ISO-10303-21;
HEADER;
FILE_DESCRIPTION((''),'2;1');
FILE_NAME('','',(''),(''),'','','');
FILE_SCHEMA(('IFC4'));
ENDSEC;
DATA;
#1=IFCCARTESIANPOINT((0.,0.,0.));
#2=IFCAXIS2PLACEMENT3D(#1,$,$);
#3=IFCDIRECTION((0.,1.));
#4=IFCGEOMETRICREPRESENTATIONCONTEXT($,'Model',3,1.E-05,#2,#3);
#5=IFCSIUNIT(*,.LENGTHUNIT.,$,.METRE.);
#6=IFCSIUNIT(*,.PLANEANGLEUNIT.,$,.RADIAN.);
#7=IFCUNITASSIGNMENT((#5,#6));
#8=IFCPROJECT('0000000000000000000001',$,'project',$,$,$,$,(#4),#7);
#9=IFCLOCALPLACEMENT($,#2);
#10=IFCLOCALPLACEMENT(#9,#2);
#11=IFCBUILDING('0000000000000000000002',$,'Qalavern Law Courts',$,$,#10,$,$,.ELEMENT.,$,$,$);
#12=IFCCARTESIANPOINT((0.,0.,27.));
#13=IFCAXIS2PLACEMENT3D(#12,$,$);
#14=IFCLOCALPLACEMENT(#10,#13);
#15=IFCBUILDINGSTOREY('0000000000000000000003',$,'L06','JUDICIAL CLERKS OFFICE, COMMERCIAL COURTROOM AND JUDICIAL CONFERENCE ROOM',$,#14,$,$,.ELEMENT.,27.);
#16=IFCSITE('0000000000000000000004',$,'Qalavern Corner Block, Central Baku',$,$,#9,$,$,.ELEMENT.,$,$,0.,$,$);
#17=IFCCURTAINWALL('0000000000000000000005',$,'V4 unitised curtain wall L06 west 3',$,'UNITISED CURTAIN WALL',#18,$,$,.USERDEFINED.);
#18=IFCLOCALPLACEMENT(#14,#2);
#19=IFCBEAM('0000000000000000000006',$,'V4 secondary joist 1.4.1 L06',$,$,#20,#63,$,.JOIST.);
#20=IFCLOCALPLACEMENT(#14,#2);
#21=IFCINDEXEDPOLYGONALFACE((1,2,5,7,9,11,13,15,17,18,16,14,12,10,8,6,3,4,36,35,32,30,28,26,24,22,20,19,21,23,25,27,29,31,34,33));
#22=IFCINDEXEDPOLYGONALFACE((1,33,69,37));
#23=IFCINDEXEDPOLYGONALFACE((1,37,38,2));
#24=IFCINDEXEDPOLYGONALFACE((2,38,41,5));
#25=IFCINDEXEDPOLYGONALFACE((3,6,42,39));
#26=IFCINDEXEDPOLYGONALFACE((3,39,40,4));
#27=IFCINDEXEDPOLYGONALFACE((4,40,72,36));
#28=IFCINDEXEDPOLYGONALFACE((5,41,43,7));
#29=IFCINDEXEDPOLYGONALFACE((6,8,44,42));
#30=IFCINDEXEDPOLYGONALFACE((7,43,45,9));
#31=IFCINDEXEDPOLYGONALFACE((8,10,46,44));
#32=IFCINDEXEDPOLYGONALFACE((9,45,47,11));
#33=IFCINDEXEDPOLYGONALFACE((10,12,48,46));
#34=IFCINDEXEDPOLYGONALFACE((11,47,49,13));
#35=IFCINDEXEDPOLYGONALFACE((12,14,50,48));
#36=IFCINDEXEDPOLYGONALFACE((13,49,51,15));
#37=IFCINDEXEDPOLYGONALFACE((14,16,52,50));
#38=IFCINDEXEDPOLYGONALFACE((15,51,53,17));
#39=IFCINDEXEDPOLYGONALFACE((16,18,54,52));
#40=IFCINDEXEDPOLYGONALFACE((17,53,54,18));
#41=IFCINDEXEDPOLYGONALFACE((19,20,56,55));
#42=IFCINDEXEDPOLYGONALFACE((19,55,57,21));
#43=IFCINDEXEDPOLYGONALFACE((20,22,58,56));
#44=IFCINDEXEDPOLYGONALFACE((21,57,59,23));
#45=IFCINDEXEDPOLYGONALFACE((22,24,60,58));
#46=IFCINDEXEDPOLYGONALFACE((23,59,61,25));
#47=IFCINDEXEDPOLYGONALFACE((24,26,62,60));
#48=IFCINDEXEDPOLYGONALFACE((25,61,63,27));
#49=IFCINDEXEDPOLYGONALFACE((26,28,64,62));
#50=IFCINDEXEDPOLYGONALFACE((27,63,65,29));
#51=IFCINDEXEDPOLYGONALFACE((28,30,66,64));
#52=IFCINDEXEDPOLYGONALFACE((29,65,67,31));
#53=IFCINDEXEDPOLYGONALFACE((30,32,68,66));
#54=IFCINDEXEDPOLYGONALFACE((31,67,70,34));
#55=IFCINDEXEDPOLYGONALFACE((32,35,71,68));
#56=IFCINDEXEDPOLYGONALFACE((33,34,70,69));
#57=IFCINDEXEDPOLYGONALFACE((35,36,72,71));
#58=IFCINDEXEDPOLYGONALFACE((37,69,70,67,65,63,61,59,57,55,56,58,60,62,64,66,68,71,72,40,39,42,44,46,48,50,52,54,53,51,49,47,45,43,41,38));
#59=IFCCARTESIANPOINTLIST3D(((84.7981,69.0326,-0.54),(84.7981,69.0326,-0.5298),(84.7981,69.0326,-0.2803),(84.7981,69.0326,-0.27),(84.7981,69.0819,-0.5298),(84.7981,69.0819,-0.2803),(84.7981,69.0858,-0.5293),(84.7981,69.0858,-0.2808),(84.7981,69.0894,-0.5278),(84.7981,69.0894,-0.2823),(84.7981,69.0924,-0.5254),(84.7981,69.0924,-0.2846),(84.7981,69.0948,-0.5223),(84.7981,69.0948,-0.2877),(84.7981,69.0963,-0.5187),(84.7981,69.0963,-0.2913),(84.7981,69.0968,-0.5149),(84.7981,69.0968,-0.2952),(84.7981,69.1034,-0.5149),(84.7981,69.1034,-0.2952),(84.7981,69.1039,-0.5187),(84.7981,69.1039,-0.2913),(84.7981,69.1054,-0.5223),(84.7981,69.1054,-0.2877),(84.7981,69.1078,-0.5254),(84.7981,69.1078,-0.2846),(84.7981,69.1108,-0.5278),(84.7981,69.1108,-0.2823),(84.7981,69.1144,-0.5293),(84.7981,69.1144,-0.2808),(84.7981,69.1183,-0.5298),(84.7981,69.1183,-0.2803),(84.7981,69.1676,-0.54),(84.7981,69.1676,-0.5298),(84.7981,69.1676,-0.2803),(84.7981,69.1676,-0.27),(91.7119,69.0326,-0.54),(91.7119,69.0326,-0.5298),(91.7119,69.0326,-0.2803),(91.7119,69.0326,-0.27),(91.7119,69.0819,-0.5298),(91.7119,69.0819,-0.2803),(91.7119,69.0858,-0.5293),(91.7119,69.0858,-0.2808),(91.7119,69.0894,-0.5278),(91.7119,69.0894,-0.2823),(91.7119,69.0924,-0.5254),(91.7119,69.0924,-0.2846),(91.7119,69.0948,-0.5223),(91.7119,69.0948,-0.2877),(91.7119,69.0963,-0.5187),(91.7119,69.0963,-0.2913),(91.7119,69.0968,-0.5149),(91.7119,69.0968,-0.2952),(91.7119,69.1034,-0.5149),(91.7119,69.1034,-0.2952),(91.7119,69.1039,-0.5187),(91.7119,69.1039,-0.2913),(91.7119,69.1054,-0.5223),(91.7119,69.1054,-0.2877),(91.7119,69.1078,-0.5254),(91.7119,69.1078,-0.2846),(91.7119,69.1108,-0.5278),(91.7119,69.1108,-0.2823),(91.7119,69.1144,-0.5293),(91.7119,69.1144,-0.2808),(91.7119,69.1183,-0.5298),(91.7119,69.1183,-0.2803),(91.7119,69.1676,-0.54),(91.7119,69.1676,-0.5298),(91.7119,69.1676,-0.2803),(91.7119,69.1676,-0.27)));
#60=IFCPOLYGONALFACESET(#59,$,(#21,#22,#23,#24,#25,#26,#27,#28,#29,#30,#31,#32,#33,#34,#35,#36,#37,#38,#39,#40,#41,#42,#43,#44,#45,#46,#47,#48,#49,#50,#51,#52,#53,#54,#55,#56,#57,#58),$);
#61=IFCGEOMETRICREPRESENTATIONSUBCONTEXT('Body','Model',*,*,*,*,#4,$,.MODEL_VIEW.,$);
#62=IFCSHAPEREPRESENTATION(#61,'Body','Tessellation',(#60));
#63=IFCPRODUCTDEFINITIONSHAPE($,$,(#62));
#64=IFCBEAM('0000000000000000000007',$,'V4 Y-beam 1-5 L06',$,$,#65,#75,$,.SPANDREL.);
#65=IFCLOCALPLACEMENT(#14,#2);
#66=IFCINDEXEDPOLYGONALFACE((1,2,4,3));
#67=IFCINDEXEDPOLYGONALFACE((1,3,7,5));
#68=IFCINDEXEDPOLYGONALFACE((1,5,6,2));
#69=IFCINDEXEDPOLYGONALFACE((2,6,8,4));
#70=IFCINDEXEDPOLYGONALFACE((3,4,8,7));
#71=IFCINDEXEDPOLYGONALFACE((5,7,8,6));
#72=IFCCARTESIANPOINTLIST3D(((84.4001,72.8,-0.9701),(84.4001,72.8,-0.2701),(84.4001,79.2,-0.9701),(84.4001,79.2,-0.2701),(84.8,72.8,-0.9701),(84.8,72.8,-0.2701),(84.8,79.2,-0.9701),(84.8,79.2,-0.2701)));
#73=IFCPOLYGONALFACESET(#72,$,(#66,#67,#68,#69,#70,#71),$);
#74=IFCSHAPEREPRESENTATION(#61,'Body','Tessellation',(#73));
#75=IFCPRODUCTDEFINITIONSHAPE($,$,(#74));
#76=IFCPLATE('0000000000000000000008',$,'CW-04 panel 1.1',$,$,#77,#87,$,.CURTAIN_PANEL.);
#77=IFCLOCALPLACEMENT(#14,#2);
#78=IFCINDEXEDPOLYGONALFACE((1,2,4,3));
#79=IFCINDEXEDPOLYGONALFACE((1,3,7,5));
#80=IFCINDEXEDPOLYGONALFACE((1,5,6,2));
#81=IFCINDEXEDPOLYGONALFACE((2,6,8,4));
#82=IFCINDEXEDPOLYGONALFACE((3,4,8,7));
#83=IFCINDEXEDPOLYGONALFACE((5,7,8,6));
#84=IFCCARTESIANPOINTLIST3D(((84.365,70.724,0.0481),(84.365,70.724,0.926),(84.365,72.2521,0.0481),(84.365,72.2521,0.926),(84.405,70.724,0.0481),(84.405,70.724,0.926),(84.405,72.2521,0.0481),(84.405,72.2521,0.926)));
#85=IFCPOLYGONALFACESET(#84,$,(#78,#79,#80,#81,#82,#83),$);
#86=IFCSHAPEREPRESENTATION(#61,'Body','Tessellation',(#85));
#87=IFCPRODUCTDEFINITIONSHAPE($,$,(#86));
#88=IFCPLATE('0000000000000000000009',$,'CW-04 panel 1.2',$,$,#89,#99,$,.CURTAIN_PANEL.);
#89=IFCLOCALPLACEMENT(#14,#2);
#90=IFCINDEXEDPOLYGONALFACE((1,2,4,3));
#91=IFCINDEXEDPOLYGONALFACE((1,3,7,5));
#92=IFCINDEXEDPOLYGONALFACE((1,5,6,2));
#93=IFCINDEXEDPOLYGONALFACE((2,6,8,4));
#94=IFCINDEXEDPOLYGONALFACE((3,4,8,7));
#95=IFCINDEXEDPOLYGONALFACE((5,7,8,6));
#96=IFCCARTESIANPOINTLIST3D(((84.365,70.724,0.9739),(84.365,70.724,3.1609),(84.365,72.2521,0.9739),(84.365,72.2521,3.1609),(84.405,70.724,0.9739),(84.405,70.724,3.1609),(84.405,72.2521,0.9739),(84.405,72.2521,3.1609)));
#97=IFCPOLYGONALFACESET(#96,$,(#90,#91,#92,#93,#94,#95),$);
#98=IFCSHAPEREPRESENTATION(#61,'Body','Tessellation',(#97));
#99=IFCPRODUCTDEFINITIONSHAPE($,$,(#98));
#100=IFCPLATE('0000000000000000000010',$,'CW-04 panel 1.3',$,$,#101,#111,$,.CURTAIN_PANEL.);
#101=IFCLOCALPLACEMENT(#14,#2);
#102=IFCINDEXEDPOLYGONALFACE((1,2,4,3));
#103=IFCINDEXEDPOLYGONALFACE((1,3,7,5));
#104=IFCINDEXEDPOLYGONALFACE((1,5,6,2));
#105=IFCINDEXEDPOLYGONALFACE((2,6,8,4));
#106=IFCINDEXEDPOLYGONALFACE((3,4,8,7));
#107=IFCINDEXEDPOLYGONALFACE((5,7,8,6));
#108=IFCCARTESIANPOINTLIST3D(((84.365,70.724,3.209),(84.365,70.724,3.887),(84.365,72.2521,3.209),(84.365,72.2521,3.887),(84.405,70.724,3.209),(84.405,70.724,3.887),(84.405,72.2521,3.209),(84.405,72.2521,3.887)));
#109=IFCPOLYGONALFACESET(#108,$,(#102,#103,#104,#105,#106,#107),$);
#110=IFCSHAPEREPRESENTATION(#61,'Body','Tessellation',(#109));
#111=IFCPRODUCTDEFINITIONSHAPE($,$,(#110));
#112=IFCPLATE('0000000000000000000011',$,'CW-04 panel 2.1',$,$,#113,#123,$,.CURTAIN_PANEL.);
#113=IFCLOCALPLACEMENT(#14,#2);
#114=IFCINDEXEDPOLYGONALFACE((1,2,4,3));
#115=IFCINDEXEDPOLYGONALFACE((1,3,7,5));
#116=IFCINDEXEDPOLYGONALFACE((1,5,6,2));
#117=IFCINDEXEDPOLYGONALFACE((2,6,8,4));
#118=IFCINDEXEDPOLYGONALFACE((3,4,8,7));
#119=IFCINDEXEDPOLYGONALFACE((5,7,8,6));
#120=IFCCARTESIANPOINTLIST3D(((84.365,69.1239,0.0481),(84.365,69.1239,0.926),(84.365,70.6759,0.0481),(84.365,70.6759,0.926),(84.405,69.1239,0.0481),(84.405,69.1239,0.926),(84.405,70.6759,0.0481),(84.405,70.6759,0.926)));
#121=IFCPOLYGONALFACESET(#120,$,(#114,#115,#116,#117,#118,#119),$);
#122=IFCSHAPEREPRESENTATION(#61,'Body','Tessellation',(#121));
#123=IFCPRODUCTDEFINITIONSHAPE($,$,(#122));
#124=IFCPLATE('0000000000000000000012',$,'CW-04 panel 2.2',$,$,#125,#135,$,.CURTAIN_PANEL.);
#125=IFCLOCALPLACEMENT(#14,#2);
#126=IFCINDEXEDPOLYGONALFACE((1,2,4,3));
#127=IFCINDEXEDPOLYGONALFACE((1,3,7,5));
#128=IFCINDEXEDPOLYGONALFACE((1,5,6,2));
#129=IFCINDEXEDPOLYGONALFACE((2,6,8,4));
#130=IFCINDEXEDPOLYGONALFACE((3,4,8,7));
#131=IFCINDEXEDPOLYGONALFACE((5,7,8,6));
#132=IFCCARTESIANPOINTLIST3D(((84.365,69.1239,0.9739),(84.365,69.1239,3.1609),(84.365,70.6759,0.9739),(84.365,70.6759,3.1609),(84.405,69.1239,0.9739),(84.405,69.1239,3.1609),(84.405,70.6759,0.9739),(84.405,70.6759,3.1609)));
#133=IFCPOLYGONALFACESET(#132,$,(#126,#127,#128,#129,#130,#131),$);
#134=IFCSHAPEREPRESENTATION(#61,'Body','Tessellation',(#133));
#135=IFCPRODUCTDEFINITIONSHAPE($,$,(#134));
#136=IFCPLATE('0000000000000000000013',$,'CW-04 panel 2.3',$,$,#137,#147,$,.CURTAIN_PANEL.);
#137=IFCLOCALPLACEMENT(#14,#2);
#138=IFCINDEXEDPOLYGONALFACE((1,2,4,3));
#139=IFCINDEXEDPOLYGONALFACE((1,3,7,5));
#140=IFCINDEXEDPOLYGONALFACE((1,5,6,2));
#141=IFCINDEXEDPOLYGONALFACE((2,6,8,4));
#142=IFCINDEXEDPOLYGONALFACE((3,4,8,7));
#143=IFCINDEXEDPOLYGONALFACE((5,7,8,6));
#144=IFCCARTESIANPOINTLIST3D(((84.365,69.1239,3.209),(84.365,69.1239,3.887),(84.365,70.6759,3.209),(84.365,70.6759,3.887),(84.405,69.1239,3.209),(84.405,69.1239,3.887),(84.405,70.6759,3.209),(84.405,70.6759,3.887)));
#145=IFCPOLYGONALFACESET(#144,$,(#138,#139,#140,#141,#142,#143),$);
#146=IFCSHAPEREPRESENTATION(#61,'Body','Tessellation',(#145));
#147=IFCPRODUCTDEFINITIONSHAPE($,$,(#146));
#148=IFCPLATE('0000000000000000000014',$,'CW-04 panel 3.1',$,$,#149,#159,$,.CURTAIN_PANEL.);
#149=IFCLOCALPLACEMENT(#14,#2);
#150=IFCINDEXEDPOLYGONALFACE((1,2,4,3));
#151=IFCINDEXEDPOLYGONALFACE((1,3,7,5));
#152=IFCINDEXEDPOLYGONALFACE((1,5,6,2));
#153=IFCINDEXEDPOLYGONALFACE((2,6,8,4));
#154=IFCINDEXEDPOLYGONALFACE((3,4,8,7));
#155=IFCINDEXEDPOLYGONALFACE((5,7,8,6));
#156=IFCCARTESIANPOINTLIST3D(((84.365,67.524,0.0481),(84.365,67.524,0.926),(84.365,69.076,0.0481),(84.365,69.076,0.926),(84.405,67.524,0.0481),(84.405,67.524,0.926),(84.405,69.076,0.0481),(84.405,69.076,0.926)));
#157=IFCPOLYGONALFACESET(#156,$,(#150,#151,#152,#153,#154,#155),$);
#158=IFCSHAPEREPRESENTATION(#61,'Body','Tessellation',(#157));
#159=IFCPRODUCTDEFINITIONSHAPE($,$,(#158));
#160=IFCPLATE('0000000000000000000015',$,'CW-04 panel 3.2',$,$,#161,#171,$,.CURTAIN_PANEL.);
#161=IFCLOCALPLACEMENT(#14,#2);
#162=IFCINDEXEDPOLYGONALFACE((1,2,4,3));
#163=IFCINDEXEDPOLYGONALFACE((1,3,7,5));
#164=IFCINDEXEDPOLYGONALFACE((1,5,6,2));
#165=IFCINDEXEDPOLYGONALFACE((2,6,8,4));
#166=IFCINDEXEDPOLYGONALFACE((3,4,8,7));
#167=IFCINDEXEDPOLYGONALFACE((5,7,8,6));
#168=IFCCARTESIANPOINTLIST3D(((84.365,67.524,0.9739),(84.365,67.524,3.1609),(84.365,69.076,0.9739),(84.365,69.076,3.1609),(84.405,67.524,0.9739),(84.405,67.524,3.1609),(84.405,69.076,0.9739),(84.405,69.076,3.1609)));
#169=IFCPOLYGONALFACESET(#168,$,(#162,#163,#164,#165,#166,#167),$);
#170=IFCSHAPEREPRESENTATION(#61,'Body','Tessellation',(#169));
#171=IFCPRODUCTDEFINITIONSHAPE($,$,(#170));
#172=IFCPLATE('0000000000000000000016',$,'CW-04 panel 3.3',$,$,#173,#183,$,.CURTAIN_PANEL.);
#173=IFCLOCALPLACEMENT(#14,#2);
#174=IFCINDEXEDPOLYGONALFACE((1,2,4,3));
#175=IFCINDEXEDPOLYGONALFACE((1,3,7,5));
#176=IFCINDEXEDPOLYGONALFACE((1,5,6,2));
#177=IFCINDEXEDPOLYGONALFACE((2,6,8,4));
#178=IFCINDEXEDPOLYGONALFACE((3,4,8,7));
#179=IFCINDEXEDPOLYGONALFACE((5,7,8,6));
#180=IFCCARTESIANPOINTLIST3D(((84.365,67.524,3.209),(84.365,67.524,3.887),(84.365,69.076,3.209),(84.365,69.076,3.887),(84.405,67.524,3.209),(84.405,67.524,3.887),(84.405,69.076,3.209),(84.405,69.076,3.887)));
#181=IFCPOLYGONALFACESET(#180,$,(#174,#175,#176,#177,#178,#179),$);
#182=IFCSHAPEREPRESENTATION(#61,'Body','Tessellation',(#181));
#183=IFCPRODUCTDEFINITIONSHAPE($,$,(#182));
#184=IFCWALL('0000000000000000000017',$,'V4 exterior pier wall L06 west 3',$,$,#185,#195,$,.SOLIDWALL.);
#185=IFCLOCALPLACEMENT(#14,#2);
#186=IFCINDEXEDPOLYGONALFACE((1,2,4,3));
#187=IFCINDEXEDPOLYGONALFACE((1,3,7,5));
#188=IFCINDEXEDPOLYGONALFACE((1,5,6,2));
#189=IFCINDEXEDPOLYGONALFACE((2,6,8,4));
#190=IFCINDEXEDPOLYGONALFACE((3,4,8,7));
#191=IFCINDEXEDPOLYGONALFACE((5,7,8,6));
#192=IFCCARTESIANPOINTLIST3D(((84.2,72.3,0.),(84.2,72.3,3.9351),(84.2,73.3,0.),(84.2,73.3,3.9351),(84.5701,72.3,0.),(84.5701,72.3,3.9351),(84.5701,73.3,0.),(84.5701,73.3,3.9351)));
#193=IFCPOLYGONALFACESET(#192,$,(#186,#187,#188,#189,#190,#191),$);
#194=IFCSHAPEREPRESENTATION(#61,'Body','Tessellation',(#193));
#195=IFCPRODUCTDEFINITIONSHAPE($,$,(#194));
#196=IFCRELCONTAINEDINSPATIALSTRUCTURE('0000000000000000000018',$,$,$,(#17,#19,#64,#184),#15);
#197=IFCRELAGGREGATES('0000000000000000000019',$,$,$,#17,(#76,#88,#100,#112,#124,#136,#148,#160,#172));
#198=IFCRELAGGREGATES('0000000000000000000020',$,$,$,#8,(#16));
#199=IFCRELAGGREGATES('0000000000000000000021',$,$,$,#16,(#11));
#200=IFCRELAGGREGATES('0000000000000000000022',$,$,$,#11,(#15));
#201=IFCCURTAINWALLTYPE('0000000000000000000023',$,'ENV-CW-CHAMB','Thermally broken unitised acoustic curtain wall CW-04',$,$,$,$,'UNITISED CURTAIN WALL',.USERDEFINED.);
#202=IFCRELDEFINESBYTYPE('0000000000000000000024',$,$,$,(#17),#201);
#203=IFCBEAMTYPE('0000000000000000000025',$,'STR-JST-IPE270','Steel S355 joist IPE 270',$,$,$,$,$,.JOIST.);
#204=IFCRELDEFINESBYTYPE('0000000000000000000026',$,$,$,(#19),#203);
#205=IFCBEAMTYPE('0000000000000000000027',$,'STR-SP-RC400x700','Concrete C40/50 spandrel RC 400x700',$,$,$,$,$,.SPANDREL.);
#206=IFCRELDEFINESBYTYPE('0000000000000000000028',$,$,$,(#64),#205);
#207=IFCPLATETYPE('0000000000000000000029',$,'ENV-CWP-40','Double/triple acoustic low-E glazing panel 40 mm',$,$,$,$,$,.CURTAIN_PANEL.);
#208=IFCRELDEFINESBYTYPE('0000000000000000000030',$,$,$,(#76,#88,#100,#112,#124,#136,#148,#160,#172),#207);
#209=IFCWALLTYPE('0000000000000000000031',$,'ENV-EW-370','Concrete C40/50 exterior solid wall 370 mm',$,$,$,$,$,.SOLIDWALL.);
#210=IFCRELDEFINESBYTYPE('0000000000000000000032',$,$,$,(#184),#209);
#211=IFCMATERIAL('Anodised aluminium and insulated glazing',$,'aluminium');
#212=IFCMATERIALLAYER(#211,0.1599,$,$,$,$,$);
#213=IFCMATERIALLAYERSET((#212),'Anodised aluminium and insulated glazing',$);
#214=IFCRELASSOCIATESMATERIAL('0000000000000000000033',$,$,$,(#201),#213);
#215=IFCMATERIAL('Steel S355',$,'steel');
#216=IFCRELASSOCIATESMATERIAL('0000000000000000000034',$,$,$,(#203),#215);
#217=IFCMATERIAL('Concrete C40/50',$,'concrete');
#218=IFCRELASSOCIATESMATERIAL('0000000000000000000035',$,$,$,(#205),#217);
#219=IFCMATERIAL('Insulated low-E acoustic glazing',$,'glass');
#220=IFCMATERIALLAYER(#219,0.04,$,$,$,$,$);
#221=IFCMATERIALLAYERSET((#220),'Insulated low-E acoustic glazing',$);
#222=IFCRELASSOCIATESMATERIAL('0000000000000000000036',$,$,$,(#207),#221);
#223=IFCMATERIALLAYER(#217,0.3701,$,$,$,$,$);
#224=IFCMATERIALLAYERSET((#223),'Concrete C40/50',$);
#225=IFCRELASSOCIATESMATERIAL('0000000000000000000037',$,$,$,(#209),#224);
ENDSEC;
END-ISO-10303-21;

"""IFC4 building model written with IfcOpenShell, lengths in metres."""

from ifc_helpers import new_model, si_unit, direction, frame, frame_2d, origin, origin_2d, place, context, subcontext, project, spatial, rectangle, i_section, extrude, material, layer, layer_set, material_profile, profile_set, type_object, element, aggregate, save


model = new_model("IFC4")

# Units and contexts
model_context = context("Model", 3, precision=1e-05, world=origin(), true_north=direction((0.0, 1.0)))
body_context = subcontext(model_context, "Body", "Model", "MODEL_VIEW")
ifc_project = project(units=[si_unit("LENGTHUNIT", "METRE"), si_unit("PLANEANGLEUNIT", "RADIAN")], contexts=[model_context])

# Site, building, storey
site_placement = place(None, origin())
site = spatial("IfcSite", under=ifc_project, at=site_placement, Name="Qalavern Corner Block, Central Baku", CompositionType="ELEMENT", RefElevation=0.0)
building_placement = place(site_placement, origin())
building = spatial("IfcBuilding", under=site, at=building_placement, Name="Qalavern Law Courts", CompositionType="ELEMENT")
storey_placement = place(building_placement, frame((0.0, 0.0, 27.0)))
storey = spatial("IfcBuildingStorey", under=building, at=storey_placement, Name="L06", Description="JUDICIAL CLERKS OFFICE, COMMERCIAL COURTROOM AND JUDICIAL CONFERENCE ROOM", CompositionType="ELEMENT", Elevation=27.0)

# Shared definitions
ifc_material_1 = material(Name="Anodised aluminium and insulated glazing", Category="aluminium")
ifc_layer_1 = layer(ifc_material_1, 0.1599)
ifc_layer_set_1 = layer_set([ifc_layer_1], Name="Anodised aluminium and insulated glazing")
curtain_wall_type = type_object("IfcCurtainWallType", Name="ENV-CW-CHAMB", Description="Thermally broken unitised acoustic curtain wall CW-04", ElementType="UNITISED CURTAIN WALL", PredefinedType="USERDEFINED", material=ifc_layer_set_1)

# Curtain wall
curtain_wall_1_placement = place(storey_placement, origin())
curtain_wall_1 = element("IfcCurtainWall", 1, at=curtain_wall_1_placement, inside=storey, type_object=curtain_wall_type, Name="V4 unitised curtain wall L06 west 3", ObjectType="UNITISED CURTAIN WALL", PredefinedType="USERDEFINED")

# Beams
ifc_material_2 = material(Name="Concrete C40/50", Category="concrete")
ifc_material_3 = material(Name="Steel S355", Category="steel")
ifc_material_profile_1 = material_profile(ifc_material_3, i_section(OverallWidth=0.135, OverallDepth=0.27, WebThickness=0.0066, FlangeThickness=0.0103, FilletRadius=0.0149, at=origin_2d()), Name="IPE 270")
ifc_profile_set_1 = profile_set([ifc_material_profile_1], Name="Steel S355")
beam_type_1 = type_object("IfcBeamType", Name="STR-JST-IPE270", Description="Steel S355 joist IPE 270", PredefinedType="JOIST", material=ifc_profile_set_1)
beam_1_placement = place(storey_placement, frame((84.7981, 69.1001, -0.405), z_axis=(1.0, 0.0, 0.0), x_axis=(0.0, 1.0, 0.0)))
element("IfcBeam", 2, at=beam_1_placement, inside=storey, type_object=beam_type_1, Name="V4 secondary joist 1.4.1 L06", PredefinedType="JOIST", context=body_context, shape_type="SweptSolid", body=[
    extrude(i_section(OverallWidth=0.135, OverallDepth=0.27, WebThickness=0.0066, FlangeThickness=0.0103, FilletRadius=0.0149, at=origin_2d()), origin(), (0.0, 0.0, 1.0), 6.9138),
])
ifc_material_profile_2 = material_profile(ifc_material_2, rectangle(XDim=0.3999, YDim=0.7, at=origin_2d()), Name="RC 400x700")
ifc_profile_set_2 = profile_set([ifc_material_profile_2], Name="Concrete C40/50")
beam_type_2 = type_object("IfcBeamType", Name="STR-SP-RC400x700", Description="Concrete C40/50 spandrel RC 400x700", PredefinedType="SPANDREL", material=ifc_profile_set_2)
beam_2_placement = place(storey_placement, frame((84.6001, 72.8, -0.6201), z_axis=(0.0, 1.0, 0.0), x_axis=(-1.0, 0.0, 0.0)))
element("IfcBeam", 3, at=beam_2_placement, inside=storey, type_object=beam_type_2, Name="V4 Y-beam 1-5 L06", PredefinedType="SPANDREL", context=body_context, shape_type="SweptSolid", body=[
    extrude(rectangle(XDim=0.3999, YDim=0.7, at=origin_2d()), origin(), (0.0, 0.0, 1.0), 6.3999),
])

# Plates
ifc_material_4 = material(Name="Insulated low-E acoustic glazing", Category="glass")
ifc_layer_2 = layer(ifc_material_4, 0.04)
ifc_layer_set_2 = layer_set([ifc_layer_2], Name="Insulated low-E acoustic glazing")
plate_type = type_object("IfcPlateType", Name="ENV-CWP-40", Description="Double/triple acoustic low-E glazing panel 40 mm", PredefinedType="CURTAIN_PANEL", material=ifc_layer_set_2)
plate_1_placement = place(storey_placement, frame((84.385, 71.488, 0.0481), z_axis=(0.0, 0.0, 1.0), x_axis=(0.0, -1.0, 0.0)))
plate_1 = element("IfcPlate", 4, at=plate_1_placement, type_object=plate_type, Name="CW-04 panel 1.1", PredefinedType="CURTAIN_PANEL", context=body_context, shape_type="SweptSolid", body=[
    extrude(rectangle(XDim=1.5281, YDim=0.04, at=origin_2d()), origin(), (0.0, 0.0, 1.0), 0.8779),
])
plate_2_placement = place(storey_placement, frame((84.385, 71.488, 0.9739), z_axis=(0.0, 0.0, 1.0), x_axis=(0.0, -1.0, 0.0)))
plate_2 = element("IfcPlate", 5, at=plate_2_placement, type_object=plate_type, Name="CW-04 panel 1.2", PredefinedType="CURTAIN_PANEL", context=body_context, shape_type="SweptSolid", body=[
    extrude(rectangle(XDim=1.5281, YDim=0.04, at=origin_2d()), origin(), (0.0, 0.0, 1.0), 2.187),
])
plate_3_placement = place(storey_placement, frame((84.385, 71.488, 3.209), z_axis=(0.0, 0.0, 1.0), x_axis=(0.0, -1.0, 0.0)))
plate_3 = element("IfcPlate", 6, at=plate_3_placement, type_object=plate_type, Name="CW-04 panel 1.3", PredefinedType="CURTAIN_PANEL", context=body_context, shape_type="SweptSolid", body=[
    extrude(rectangle(XDim=1.5281, YDim=0.04, at=origin_2d()), origin(), (0.0, 0.0, 1.0), 0.678),
])
plate_4_placement = place(storey_placement, frame((84.385, 69.8999, 0.0481), z_axis=(0.0, 0.0, 1.0), x_axis=(0.0, -1.0, 0.0)))
plate_4 = element("IfcPlate", 7, at=plate_4_placement, type_object=plate_type, Name="CW-04 panel 2.1", PredefinedType="CURTAIN_PANEL", context=body_context, shape_type="SweptSolid", body=[
    extrude(rectangle(XDim=1.552, YDim=0.04, at=origin_2d()), origin(), (0.0, 0.0, 1.0), 0.8779),
])
plate_5_placement = place(storey_placement, frame((84.385, 69.8999, 0.9739), z_axis=(0.0, 0.0, 1.0), x_axis=(0.0, -1.0, 0.0)))
plate_5 = element("IfcPlate", 8, at=plate_5_placement, type_object=plate_type, Name="CW-04 panel 2.2", PredefinedType="CURTAIN_PANEL", context=body_context, shape_type="SweptSolid", body=[
    extrude(rectangle(XDim=1.552, YDim=0.04, at=origin_2d()), origin(), (0.0, 0.0, 1.0), 2.187),
])
plate_6_placement = place(storey_placement, frame((84.385, 69.8999, 3.209), z_axis=(0.0, 0.0, 1.0), x_axis=(0.0, -1.0, 0.0)))
plate_6 = element("IfcPlate", 9, at=plate_6_placement, type_object=plate_type, Name="CW-04 panel 2.3", PredefinedType="CURTAIN_PANEL", context=body_context, shape_type="SweptSolid", body=[
    extrude(rectangle(XDim=1.552, YDim=0.04, at=origin_2d()), origin(), (0.0, 0.0, 1.0), 0.678),
])
plate_7_placement = place(storey_placement, frame((84.385, 68.3, 0.0481), z_axis=(0.0, 0.0, 1.0), x_axis=(0.0, -1.0, 0.0)))
plate_7 = element("IfcPlate", 10, at=plate_7_placement, type_object=plate_type, Name="CW-04 panel 3.1", PredefinedType="CURTAIN_PANEL", context=body_context, shape_type="SweptSolid", body=[
    extrude(rectangle(XDim=1.552, YDim=0.04, at=origin_2d()), origin(), (0.0, 0.0, 1.0), 0.8779),
])
plate_8_placement = place(storey_placement, frame((84.385, 68.3, 0.9739), z_axis=(0.0, 0.0, 1.0), x_axis=(0.0, -1.0, 0.0)))
plate_8 = element("IfcPlate", 11, at=plate_8_placement, type_object=plate_type, Name="CW-04 panel 3.2", PredefinedType="CURTAIN_PANEL", context=body_context, shape_type="SweptSolid", body=[
    extrude(rectangle(XDim=1.552, YDim=0.04, at=origin_2d()), origin(), (0.0, 0.0, 1.0), 2.187),
])
plate_9_placement = place(storey_placement, frame((84.385, 68.3, 3.209), z_axis=(0.0, 0.0, 1.0), x_axis=(0.0, -1.0, 0.0)))
plate_9 = element("IfcPlate", 12, at=plate_9_placement, type_object=plate_type, Name="CW-04 panel 3.3", PredefinedType="CURTAIN_PANEL", context=body_context, shape_type="SweptSolid", body=[
    extrude(rectangle(XDim=1.552, YDim=0.04, at=origin_2d()), origin(), (0.0, 0.0, 1.0), 0.678),
])
aggregate(curtain_wall_1, [plate_1, plate_2, plate_3, plate_4, plate_5, plate_6, plate_7, plate_8, plate_9])

# Wall
ifc_layer_3 = layer(ifc_material_2, 0.3701)
ifc_layer_set_3 = layer_set([ifc_layer_3], Name="Concrete C40/50")
wall_type_1 = type_object("IfcWallType", Name="ENV-EW-370", Description="Concrete C40/50 exterior solid wall 370 mm", PredefinedType="SOLIDWALL", material=ifc_layer_set_3)
wall_1_placement = place(storey_placement, frame((84.385, 73.3, 0.0), z_axis=(0.0, 0.0, 1.0), x_axis=(0.0, -1.0, 0.0)))
element("IfcWall", 13, at=wall_1_placement, inside=storey, type_object=wall_type_1, Name="V4 exterior pier wall L06 west 3", PredefinedType="SOLIDWALL", context=body_context, shape_type="SweptSolid", body=[
    extrude(rectangle(XDim=1.0, YDim=0.3701, at=frame_2d((0.5, 0.0))), origin(), (0.0, 0.0, 1.0), 3.9351),
])

save(model, "model.ifc")
